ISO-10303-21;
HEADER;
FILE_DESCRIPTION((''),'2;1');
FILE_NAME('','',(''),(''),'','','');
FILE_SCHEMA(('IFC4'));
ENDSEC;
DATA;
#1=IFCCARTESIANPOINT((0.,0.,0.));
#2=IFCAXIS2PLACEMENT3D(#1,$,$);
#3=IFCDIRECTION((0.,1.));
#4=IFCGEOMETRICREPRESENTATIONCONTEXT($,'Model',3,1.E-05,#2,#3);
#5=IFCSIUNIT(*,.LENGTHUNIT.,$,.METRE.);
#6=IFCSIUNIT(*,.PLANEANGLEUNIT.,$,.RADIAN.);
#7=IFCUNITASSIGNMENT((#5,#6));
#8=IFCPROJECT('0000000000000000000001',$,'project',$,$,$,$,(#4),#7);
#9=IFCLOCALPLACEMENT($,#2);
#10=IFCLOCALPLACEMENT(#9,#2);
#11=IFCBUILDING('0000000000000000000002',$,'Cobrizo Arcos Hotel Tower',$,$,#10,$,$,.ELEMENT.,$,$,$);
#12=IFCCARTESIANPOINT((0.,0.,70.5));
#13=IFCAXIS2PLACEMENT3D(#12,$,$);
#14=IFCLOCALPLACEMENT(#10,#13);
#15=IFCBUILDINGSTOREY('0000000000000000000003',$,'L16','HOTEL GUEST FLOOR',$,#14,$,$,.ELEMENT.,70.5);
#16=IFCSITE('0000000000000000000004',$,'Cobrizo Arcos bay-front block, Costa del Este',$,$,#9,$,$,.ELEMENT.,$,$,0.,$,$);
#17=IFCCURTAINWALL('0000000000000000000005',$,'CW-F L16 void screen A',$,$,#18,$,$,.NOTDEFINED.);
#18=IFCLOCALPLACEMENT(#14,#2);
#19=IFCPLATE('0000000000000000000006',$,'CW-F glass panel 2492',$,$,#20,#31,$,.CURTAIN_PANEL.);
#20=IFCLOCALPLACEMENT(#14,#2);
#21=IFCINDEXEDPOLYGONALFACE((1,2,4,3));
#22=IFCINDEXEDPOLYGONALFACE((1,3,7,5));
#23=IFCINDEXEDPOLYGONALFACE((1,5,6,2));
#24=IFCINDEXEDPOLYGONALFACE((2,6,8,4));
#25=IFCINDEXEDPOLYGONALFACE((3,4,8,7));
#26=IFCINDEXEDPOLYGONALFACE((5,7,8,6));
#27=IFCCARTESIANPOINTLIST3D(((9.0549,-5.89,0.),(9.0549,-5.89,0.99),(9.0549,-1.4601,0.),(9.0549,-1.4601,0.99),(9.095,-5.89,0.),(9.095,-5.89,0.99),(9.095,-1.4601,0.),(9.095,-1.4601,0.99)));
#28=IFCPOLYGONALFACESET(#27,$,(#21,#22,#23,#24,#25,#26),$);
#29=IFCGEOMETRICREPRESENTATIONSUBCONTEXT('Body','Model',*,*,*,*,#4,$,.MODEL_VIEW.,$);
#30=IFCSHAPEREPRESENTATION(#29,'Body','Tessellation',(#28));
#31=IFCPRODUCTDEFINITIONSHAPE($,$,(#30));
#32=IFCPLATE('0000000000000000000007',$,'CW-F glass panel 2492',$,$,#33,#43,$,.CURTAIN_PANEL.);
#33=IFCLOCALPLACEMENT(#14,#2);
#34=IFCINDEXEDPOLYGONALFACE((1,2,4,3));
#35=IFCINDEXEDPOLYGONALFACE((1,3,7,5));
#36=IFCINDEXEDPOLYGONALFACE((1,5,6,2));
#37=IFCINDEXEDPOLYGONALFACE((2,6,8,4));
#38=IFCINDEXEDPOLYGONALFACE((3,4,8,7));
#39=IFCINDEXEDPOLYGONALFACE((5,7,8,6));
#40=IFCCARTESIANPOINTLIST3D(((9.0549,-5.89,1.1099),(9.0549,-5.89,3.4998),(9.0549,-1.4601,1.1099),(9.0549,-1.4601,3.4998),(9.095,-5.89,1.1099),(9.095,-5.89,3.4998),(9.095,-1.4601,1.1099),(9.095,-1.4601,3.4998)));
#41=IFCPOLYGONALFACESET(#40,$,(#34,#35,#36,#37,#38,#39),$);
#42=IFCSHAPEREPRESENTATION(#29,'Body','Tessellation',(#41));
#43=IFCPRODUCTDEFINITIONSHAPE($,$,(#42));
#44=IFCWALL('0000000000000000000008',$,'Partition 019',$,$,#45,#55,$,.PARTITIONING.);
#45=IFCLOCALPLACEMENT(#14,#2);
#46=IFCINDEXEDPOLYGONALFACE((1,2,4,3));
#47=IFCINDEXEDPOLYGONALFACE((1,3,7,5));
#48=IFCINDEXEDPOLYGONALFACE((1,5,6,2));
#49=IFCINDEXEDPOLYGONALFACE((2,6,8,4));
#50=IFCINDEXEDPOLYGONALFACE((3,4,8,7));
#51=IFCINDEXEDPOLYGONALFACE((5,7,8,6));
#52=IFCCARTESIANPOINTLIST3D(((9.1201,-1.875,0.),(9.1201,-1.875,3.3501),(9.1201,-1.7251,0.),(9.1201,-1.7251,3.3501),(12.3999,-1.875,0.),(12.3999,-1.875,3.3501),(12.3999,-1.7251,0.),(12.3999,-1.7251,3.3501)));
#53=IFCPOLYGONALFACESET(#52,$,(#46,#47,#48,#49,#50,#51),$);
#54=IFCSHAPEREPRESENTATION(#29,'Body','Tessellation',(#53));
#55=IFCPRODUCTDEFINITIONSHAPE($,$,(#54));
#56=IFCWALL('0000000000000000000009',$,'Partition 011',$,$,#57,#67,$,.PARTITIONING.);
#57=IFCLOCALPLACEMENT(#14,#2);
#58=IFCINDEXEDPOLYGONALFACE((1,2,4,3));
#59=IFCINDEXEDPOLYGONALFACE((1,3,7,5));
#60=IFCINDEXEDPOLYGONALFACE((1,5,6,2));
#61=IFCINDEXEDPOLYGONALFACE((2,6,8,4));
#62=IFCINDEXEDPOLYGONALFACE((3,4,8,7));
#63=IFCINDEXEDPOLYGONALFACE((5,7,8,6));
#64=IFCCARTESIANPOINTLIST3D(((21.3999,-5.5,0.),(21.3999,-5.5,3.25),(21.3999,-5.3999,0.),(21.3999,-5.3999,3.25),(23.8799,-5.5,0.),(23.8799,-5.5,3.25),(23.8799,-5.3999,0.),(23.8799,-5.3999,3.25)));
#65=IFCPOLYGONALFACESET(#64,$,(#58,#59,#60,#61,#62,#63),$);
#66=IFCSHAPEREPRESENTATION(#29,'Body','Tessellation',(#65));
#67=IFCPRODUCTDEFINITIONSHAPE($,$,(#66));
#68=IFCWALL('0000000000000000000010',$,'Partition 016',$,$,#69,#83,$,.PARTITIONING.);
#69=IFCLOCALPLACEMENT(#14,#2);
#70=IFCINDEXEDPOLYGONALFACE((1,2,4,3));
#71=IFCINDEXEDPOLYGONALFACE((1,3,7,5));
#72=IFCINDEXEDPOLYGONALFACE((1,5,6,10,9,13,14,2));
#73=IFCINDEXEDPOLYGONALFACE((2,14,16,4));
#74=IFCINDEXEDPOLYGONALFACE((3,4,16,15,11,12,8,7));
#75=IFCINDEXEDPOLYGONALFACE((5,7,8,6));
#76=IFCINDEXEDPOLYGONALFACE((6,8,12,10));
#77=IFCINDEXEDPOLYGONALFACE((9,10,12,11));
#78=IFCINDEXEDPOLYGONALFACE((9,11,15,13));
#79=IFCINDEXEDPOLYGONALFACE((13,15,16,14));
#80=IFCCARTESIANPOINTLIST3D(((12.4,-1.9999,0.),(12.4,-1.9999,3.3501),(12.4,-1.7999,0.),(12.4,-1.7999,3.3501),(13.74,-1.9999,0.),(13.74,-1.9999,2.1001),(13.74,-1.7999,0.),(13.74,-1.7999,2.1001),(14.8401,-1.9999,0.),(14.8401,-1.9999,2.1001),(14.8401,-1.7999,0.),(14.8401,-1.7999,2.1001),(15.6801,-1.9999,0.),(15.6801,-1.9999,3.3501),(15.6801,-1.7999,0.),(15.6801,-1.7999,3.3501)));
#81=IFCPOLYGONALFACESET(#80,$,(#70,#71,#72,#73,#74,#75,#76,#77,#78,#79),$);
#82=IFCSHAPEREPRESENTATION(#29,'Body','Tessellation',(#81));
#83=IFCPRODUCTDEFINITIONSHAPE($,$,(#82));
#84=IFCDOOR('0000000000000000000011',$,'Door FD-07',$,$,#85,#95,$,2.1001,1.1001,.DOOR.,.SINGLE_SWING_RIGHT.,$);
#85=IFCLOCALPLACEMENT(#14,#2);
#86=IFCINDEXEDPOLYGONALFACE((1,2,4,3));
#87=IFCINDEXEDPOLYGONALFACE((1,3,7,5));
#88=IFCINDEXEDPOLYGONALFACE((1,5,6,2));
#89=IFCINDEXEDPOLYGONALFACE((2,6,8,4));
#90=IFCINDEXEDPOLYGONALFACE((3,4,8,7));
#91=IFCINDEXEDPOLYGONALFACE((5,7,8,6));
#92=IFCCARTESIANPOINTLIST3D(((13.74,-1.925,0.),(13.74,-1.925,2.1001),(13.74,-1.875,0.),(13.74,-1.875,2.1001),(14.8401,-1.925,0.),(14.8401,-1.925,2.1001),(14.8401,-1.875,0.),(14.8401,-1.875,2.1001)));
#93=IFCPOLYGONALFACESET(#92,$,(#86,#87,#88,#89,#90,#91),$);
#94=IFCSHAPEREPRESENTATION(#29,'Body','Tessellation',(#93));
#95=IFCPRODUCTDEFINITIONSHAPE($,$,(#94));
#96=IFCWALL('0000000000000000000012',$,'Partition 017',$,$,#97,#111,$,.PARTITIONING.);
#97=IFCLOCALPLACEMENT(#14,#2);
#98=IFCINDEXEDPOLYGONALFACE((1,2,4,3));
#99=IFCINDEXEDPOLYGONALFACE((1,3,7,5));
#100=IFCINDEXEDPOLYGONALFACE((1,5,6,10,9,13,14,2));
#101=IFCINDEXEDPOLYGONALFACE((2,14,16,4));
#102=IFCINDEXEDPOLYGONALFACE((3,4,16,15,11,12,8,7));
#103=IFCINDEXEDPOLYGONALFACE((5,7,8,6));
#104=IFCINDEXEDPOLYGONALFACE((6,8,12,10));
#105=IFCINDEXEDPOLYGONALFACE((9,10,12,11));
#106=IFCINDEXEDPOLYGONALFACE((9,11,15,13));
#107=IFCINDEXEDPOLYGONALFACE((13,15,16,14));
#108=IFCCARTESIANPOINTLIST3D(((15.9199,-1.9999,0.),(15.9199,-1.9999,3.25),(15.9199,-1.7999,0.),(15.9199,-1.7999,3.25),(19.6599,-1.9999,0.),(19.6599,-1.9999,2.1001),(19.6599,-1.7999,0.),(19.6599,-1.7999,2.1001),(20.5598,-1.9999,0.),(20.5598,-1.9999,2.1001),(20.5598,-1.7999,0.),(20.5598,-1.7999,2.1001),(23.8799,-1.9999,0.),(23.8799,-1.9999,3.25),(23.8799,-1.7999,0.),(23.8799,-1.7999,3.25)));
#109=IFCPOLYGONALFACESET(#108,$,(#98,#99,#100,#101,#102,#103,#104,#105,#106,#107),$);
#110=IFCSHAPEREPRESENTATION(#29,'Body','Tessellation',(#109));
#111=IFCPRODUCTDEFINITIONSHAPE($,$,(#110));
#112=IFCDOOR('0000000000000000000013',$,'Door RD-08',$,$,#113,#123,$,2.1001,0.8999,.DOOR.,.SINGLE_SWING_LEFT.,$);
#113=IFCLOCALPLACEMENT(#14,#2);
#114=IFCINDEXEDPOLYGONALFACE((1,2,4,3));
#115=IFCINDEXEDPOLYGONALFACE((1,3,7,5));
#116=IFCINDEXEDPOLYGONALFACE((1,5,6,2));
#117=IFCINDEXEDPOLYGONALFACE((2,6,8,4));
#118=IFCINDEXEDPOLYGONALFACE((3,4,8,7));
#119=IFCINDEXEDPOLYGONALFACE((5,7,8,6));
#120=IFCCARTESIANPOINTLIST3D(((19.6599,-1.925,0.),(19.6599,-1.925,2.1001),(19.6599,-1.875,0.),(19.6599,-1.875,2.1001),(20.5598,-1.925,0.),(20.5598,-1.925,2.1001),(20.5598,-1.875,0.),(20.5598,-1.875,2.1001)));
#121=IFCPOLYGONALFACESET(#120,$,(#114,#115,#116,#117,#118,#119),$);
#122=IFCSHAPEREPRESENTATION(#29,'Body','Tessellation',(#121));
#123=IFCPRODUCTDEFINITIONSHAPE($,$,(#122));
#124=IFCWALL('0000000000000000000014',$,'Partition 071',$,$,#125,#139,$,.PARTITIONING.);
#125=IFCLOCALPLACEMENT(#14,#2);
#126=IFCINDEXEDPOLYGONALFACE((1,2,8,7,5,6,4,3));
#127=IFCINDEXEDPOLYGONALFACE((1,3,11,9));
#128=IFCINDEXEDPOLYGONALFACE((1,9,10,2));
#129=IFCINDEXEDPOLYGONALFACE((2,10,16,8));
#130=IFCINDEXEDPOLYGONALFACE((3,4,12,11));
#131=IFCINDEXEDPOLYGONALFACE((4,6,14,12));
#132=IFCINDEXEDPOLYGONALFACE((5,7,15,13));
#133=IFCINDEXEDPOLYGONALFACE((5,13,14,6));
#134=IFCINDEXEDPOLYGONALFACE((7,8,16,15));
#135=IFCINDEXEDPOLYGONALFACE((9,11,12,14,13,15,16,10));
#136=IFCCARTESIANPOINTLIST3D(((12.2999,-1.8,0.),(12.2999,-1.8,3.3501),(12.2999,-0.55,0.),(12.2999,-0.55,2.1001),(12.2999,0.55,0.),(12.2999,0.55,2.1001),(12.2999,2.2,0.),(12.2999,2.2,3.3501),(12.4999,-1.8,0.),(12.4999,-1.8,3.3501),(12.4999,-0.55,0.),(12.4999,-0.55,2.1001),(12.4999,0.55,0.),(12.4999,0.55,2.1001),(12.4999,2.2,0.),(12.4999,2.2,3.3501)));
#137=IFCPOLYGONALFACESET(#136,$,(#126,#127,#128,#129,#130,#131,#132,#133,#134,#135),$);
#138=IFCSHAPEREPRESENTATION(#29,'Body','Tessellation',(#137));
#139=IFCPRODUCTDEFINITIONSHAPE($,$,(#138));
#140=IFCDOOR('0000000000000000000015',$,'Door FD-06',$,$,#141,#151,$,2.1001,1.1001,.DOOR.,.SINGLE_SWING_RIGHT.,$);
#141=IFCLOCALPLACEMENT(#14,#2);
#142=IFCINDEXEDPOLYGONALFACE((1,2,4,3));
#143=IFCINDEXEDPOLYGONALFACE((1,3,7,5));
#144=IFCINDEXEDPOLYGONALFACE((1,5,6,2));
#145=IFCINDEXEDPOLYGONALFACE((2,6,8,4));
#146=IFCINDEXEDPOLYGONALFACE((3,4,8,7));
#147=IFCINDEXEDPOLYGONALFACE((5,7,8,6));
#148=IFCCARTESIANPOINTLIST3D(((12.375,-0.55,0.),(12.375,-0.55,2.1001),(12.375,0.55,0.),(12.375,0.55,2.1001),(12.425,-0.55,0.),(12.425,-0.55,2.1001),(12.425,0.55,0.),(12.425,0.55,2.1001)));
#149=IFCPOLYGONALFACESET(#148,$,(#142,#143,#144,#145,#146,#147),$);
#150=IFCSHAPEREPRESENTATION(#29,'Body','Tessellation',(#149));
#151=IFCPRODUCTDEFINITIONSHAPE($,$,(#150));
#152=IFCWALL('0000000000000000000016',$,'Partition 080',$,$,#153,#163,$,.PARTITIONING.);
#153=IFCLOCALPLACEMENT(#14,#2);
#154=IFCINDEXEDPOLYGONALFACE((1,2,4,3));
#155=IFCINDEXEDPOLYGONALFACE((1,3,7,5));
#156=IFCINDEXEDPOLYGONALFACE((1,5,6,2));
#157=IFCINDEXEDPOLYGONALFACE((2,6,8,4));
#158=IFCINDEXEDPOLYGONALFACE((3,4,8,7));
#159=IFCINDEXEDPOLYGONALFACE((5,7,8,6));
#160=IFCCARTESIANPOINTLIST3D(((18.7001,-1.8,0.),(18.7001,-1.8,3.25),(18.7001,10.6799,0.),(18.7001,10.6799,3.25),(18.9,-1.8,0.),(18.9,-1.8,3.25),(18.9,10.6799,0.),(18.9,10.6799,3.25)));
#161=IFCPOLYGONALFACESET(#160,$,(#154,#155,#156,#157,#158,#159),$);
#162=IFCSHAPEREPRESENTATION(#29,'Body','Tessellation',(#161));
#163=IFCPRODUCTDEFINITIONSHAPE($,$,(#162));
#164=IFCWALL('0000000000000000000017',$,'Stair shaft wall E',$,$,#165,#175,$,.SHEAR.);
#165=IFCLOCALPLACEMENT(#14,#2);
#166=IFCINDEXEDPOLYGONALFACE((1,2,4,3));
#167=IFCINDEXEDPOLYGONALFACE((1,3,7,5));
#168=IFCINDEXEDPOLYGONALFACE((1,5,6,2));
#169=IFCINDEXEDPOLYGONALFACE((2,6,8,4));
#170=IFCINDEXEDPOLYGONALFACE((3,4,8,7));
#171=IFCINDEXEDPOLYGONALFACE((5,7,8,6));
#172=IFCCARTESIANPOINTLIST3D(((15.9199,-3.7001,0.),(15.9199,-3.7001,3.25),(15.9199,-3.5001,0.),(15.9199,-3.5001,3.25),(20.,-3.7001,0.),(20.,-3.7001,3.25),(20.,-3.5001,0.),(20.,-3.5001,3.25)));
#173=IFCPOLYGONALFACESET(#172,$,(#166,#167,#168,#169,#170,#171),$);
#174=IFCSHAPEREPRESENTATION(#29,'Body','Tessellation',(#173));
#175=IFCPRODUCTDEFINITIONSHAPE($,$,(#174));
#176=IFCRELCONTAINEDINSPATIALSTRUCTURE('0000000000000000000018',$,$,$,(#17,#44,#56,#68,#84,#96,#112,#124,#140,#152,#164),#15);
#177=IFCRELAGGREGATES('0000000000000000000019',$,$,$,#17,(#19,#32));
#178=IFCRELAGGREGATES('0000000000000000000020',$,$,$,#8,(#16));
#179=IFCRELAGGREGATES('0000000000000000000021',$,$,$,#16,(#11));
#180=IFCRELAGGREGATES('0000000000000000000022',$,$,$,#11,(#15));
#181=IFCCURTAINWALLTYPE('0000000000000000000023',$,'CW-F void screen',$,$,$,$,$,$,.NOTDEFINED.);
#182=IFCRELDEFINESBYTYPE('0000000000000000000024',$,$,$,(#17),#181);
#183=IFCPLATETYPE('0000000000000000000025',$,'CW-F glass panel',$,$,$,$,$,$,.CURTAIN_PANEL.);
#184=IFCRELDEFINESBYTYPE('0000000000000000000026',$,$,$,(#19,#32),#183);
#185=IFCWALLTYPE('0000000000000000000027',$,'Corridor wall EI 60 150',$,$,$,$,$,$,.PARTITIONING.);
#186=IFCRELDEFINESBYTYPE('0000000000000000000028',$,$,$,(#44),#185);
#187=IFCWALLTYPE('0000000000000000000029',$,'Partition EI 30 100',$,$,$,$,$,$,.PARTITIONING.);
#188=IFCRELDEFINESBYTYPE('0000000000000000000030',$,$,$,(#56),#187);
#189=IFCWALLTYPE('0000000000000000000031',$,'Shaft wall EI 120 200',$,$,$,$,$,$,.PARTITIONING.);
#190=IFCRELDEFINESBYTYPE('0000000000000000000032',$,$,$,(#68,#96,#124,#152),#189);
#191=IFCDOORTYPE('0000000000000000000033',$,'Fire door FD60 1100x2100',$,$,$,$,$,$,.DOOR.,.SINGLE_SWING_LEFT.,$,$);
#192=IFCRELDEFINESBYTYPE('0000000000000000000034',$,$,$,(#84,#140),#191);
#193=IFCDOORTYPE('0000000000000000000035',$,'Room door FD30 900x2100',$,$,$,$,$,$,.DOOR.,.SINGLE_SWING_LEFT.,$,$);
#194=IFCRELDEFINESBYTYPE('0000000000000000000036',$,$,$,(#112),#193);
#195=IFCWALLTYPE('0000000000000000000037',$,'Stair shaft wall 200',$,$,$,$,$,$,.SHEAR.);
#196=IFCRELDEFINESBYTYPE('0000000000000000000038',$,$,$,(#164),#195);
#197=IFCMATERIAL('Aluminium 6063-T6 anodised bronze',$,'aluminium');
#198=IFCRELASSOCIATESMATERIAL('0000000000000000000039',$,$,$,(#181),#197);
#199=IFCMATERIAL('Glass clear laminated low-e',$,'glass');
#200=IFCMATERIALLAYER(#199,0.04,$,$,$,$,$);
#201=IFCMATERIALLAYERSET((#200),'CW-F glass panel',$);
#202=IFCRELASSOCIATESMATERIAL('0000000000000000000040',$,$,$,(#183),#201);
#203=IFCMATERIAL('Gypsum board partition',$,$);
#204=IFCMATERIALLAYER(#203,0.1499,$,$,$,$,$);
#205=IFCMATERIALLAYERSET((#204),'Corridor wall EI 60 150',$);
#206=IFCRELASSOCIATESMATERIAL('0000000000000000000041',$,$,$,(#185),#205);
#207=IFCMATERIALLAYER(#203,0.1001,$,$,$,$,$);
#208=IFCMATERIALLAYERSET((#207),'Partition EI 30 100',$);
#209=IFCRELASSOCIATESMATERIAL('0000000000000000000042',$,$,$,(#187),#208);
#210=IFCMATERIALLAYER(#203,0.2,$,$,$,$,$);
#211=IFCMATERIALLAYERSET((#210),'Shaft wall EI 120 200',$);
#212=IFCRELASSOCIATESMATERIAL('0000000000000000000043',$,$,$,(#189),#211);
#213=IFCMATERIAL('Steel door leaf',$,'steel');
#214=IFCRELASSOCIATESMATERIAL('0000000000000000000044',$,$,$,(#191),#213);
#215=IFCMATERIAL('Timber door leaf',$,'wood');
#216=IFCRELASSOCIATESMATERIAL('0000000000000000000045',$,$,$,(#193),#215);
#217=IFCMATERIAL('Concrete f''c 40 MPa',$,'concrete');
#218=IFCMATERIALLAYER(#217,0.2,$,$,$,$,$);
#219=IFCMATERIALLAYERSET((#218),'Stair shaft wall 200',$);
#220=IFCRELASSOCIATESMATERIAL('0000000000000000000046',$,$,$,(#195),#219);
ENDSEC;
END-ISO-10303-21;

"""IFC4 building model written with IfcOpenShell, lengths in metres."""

from ifc_helpers import new_model, si_unit, direction, frame, frame_2d, origin, origin_2d, place, context, subcontext, project, spatial, rectangle, extrude, material, layer, layer_set, type_object, element, fill, aggregate, save


model = new_model("IFC4")

# Units and contexts
model_context = context("Model", 3, precision=1e-05, world=origin(), true_north=direction((0.0, 1.0)))
body_context = subcontext(model_context, "Body", "Model", "MODEL_VIEW")
ifc_project = project(units=[si_unit("LENGTHUNIT", "METRE"), si_unit("PLANEANGLEUNIT", "RADIAN")], contexts=[model_context])

# Site, building, storey
site_placement = place(None, origin())
site = spatial("IfcSite", under=ifc_project, at=site_placement, Name="Cobrizo Arcos bay-front block, Costa del Este", CompositionType="ELEMENT", RefElevation=0.0)
building_placement = place(site_placement, origin())
building = spatial("IfcBuilding", under=site, at=building_placement, Name="Cobrizo Arcos Hotel Tower", CompositionType="ELEMENT")
storey_placement = place(building_placement, frame((0.0, 0.0, 70.5)))
storey = spatial("IfcBuildingStorey", under=building, at=storey_placement, Name="L16", Description="HOTEL GUEST FLOOR", CompositionType="ELEMENT", Elevation=70.5)

# Curtain wall
ifc_material_1 = material(Name="Aluminium 6063-T6 anodised bronze", Category="aluminium")
curtain_wall_type = type_object("IfcCurtainWallType", Name="CW-F void screen", PredefinedType="NOTDEFINED", material=ifc_material_1)
curtain_wall_placement = place(storey_placement, origin())
curtain_wall = element("IfcCurtainWall", 1, at=curtain_wall_placement, inside=storey, type_object=curtain_wall_type, Name="CW-F L16 void screen A", PredefinedType="NOTDEFINED")

# Plates
ifc_material_2 = material(Name="Glass clear laminated low-e", Category="glass")
ifc_layer_1 = layer(ifc_material_2, 0.04)
ifc_layer_set_1 = layer_set([ifc_layer_1], Name="CW-F glass panel")
plate_type = type_object("IfcPlateType", Name="CW-F glass panel", PredefinedType="CURTAIN_PANEL", material=ifc_layer_set_1)
plate_1_placement = place(storey_placement, frame((9.075, -3.675, 0.0), z_axis=(0.0, 0.0, 1.0), x_axis=(0.0, 1.0, 0.0)))
plate_1 = element("IfcPlate", 2, at=plate_1_placement, type_object=plate_type, Name="CW-F glass panel 2492", PredefinedType="CURTAIN_PANEL", context=body_context, shape_type="SweptSolid", body=[
    extrude(rectangle(XDim=4.4299, YDim=0.04, at=origin_2d()), origin(), (0.0, 0.0, 1.0), 0.99),
])
plate_2_placement = place(storey_placement, frame((9.075, -3.675, 1.1099), z_axis=(0.0, 0.0, 1.0), x_axis=(0.0, 1.0, 0.0)))
plate_2 = element("IfcPlate", 3, at=plate_2_placement, type_object=plate_type, Name="CW-F glass panel 2492", PredefinedType="CURTAIN_PANEL", context=body_context, shape_type="SweptSolid", body=[
    extrude(rectangle(XDim=4.4299, YDim=0.04, at=origin_2d()), origin(), (0.0, 0.0, 1.0), 2.3899),
])
aggregate(curtain_wall, [plate_1, plate_2])

# Walls
ifc_material_3 = material(Name="Gypsum board partition")
ifc_layer_2 = layer(ifc_material_3, 0.1499)
ifc_layer_set_2 = layer_set([ifc_layer_2], Name="Corridor wall EI 60 150")
wall_type_1 = type_object("IfcWallType", Name="Corridor wall EI 60 150", PredefinedType="PARTITIONING", material=ifc_layer_set_2)
wall_1_placement = place(storey_placement, frame((9.1201, -1.8, 0.0), z_axis=(0.0, 0.0, 1.0), x_axis=(1.0, 0.0, 0.0)))
element("IfcWall", 4, at=wall_1_placement, inside=storey, type_object=wall_type_1, Name="Partition 019", PredefinedType="PARTITIONING", context=body_context, shape_type="SweptSolid", body=[
    extrude(rectangle(XDim=3.2798, YDim=0.1499, at=frame_2d((1.6399, 0.0))), origin(), (0.0, 0.0, 1.0), 3.3501),
])
ifc_layer_3 = layer(ifc_material_3, 0.1001)
ifc_layer_set_3 = layer_set([ifc_layer_3], Name="Partition EI 30 100")
wall_type_2 = type_object("IfcWallType", Name="Partition EI 30 100", PredefinedType="PARTITIONING", material=ifc_layer_set_3)
wall_2_placement = place(storey_placement, frame((21.3999, -5.45, 0.0), z_axis=(0.0, 0.0, 1.0), x_axis=(1.0, 0.0, 0.0)))
element("IfcWall", 5, at=wall_2_placement, inside=storey, type_object=wall_type_2, Name="Partition 011", PredefinedType="PARTITIONING", context=body_context, shape_type="SweptSolid", body=[
    extrude(rectangle(XDim=2.48, YDim=0.1001, at=frame_2d((1.24, 0.0))), origin(), (0.0, 0.0, 1.0), 3.25),
])

# Walls, openings, doors
ifc_layer_4 = layer(ifc_material_3, 0.2)
ifc_layer_set_4 = layer_set([ifc_layer_4], Name="Shaft wall EI 120 200")
wall_type_3 = type_object("IfcWallType", Name="Shaft wall EI 120 200", PredefinedType="PARTITIONING", material=ifc_layer_set_4)
wall_3_placement = place(storey_placement, frame((12.3999, -1.8999, 0.0), z_axis=(0.0, 0.0, 1.0), x_axis=(1.0, 0.0, 0.0)))
wall_3 = element("IfcWall", 6, at=wall_3_placement, inside=storey, type_object=wall_type_3, Name="Partition 016", PredefinedType="PARTITIONING", context=body_context, shape_type="SweptSolid", body=[
    extrude(rectangle(XDim=3.28, YDim=0.2, at=frame_2d((1.6401, 0.0))), origin(), (0.0, 0.0, 1.0), 3.3501),
])
opening_1_placement = place(wall_3_placement, frame((1.3401, 0.0, 0.0)))
opening_1 = element("IfcOpeningElement", 7, at=opening_1_placement, cuts=wall_3, PredefinedType="OPENING", context=body_context, shape_type="SweptSolid", body=[
    extrude(rectangle(XDim=1.1001, YDim=2.1001, at=frame_2d((0.55, 1.05))), frame((0.0, 0.1121, 0.0), z_axis=(0.0, -1.0, 0.0), x_axis=(1.0, 0.0, 0.0)), (0.0, 0.0, 1.0), 0.2239),
])
ifc_material_4 = material(Name="Steel door leaf", Category="steel")
door_type_1 = type_object("IfcDoorType", Name="Fire door FD60 1100x2100", OperationType="SINGLE_SWING_LEFT", PredefinedType="DOOR", material=ifc_material_4)
door_1_placement = place(opening_1_placement, origin())
door_1 = element("IfcDoor", 8, at=door_1_placement, inside=storey, type_object=door_type_1, Name="Door FD-07", OperationType="SINGLE_SWING_RIGHT", OverallHeight=2.1001, OverallWidth=1.1001, PredefinedType="DOOR", context=body_context, shape_type="SweptSolid", body=[
    extrude(rectangle(XDim=1.1001, YDim=2.1001, at=frame_2d((0.55, 1.05))), frame((0.0, 0.0249, 0.0), z_axis=(0.0, -1.0, 0.0), x_axis=(1.0, 0.0, 0.0)), (0.0, 0.0, 1.0), 0.05),
])
fill(opening_1, door_1)
wall_4_placement = place(storey_placement, frame((15.9199, -1.8999, 0.0), z_axis=(0.0, 0.0, 1.0), x_axis=(1.0, 0.0, 0.0)))
wall_4 = element("IfcWall", 9, at=wall_4_placement, inside=storey, type_object=wall_type_3, Name="Partition 017", PredefinedType="PARTITIONING", context=body_context, shape_type="SweptSolid", body=[
    extrude(rectangle(XDim=7.96, YDim=0.2, at=frame_2d((3.98, 0.0))), origin(), (0.0, 0.0, 1.0), 3.25),
])
opening_2_placement = place(wall_4_placement, frame((3.74, 0.0, 0.0)))
opening_2 = element("IfcOpeningElement", 10, at=opening_2_placement, cuts=wall_4, PredefinedType="OPENING", context=body_context, shape_type="SweptSolid", body=[
    extrude(rectangle(XDim=0.8999, YDim=2.1001, at=frame_2d((0.45, 1.05))), frame((0.0, 0.1121, 0.0), z_axis=(0.0, -1.0, 0.0), x_axis=(1.0, 0.0, 0.0)), (0.0, 0.0, 1.0), 0.2239),
])
ifc_material_5 = material(Name="Timber door leaf", Category="wood")
door_type_2 = type_object("IfcDoorType", Name="Room door FD30 900x2100", OperationType="SINGLE_SWING_LEFT", PredefinedType="DOOR", material=ifc_material_5)
door_2_placement = place(opening_2_placement, origin())
door_2 = element("IfcDoor", 11, at=door_2_placement, inside=storey, type_object=door_type_2, Name="Door RD-08", OperationType="SINGLE_SWING_LEFT", OverallHeight=2.1001, OverallWidth=0.8999, PredefinedType="DOOR", context=body_context, shape_type="SweptSolid", body=[
    extrude(rectangle(XDim=0.8999, YDim=2.1001, at=frame_2d((0.45, 1.05))), frame((0.0, 0.0249, 0.0), z_axis=(0.0, -1.0, 0.0), x_axis=(1.0, 0.0, 0.0)), (0.0, 0.0, 1.0), 0.05),
])
fill(opening_2, door_2)
wall_5_placement = place(storey_placement, frame((12.3999, -1.8, 0.0), z_axis=(0.0, 0.0, 1.0), x_axis=(0.0, 1.0, 0.0)))
wall_5 = element("IfcWall", 12, at=wall_5_placement, inside=storey, type_object=wall_type_3, Name="Partition 071", PredefinedType="PARTITIONING", context=body_context, shape_type="SweptSolid", body=[
    extrude(rectangle(XDim=4.0, YDim=0.2, at=frame_2d((2.0, 0.0))), origin(), (0.0, 0.0, 1.0), 3.3501),
])
opening_3_placement = place(wall_5_placement, frame((1.25, 0.0, 0.0)))
opening_3 = element("IfcOpeningElement", 13, at=opening_3_placement, cuts=wall_5, PredefinedType="OPENING", context=body_context, shape_type="SweptSolid", body=[
    extrude(rectangle(XDim=1.1001, YDim=2.1001, at=frame_2d((0.55, 1.05))), frame((0.0, 0.1121, 0.0), z_axis=(0.0, -1.0, 0.0), x_axis=(1.0, 0.0, 0.0)), (0.0, 0.0, 1.0), 0.2239),
])
door_3_placement = place(opening_3_placement, origin())
door_3 = element("IfcDoor", 14, at=door_3_placement, inside=storey, type_object=door_type_1, Name="Door FD-06", OperationType="SINGLE_SWING_RIGHT", OverallHeight=2.1001, OverallWidth=1.1001, PredefinedType="DOOR", context=body_context, shape_type="SweptSolid", body=[
    extrude(rectangle(XDim=1.1001, YDim=2.1001, at=frame_2d((0.55, 1.05))), frame((0.0, 0.0249, 0.0), z_axis=(0.0, -1.0, 0.0), x_axis=(1.0, 0.0, 0.0)), (0.0, 0.0, 1.0), 0.05),
])
fill(opening_3, door_3)

# Walls
wall_6_placement = place(storey_placement, frame((18.8, -1.8, 0.0), z_axis=(0.0, 0.0, 1.0), x_axis=(0.0, 1.0, 0.0)))
element("IfcWall", 15, at=wall_6_placement, inside=storey, type_object=wall_type_3, Name="Partition 080", PredefinedType="PARTITIONING", context=body_context, shape_type="SweptSolid", body=[
    extrude(rectangle(XDim=12.48, YDim=0.2, at=frame_2d((6.24, 0.0))), origin(), (0.0, 0.0, 1.0), 3.25),
])
ifc_material_6 = material(Name="Concrete f'c 40 MPa", Category="concrete")
ifc_layer_5 = layer(ifc_material_6, 0.2)
ifc_layer_set_5 = layer_set([ifc_layer_5], Name="Stair shaft wall 200")
wall_type_4 = type_object("IfcWallType", Name="Stair shaft wall 200", PredefinedType="SHEAR", material=ifc_layer_set_5)
wall_7_placement = place(storey_placement, frame((15.9199, -3.6001, 0.0), z_axis=(0.0, 0.0, 1.0), x_axis=(1.0, 0.0, 0.0)))
element("IfcWall", 16, at=wall_7_placement, inside=storey, type_object=wall_type_4, Name="Stair shaft wall E", PredefinedType="SHEAR", context=body_context, shape_type="SweptSolid", body=[
    extrude(rectangle(XDim=4.0801, YDim=0.2, at=frame_2d((2.04, 0.0))), origin(), (0.0, 0.0, 1.0), 3.25),
])

save(model, "model.ifc")
